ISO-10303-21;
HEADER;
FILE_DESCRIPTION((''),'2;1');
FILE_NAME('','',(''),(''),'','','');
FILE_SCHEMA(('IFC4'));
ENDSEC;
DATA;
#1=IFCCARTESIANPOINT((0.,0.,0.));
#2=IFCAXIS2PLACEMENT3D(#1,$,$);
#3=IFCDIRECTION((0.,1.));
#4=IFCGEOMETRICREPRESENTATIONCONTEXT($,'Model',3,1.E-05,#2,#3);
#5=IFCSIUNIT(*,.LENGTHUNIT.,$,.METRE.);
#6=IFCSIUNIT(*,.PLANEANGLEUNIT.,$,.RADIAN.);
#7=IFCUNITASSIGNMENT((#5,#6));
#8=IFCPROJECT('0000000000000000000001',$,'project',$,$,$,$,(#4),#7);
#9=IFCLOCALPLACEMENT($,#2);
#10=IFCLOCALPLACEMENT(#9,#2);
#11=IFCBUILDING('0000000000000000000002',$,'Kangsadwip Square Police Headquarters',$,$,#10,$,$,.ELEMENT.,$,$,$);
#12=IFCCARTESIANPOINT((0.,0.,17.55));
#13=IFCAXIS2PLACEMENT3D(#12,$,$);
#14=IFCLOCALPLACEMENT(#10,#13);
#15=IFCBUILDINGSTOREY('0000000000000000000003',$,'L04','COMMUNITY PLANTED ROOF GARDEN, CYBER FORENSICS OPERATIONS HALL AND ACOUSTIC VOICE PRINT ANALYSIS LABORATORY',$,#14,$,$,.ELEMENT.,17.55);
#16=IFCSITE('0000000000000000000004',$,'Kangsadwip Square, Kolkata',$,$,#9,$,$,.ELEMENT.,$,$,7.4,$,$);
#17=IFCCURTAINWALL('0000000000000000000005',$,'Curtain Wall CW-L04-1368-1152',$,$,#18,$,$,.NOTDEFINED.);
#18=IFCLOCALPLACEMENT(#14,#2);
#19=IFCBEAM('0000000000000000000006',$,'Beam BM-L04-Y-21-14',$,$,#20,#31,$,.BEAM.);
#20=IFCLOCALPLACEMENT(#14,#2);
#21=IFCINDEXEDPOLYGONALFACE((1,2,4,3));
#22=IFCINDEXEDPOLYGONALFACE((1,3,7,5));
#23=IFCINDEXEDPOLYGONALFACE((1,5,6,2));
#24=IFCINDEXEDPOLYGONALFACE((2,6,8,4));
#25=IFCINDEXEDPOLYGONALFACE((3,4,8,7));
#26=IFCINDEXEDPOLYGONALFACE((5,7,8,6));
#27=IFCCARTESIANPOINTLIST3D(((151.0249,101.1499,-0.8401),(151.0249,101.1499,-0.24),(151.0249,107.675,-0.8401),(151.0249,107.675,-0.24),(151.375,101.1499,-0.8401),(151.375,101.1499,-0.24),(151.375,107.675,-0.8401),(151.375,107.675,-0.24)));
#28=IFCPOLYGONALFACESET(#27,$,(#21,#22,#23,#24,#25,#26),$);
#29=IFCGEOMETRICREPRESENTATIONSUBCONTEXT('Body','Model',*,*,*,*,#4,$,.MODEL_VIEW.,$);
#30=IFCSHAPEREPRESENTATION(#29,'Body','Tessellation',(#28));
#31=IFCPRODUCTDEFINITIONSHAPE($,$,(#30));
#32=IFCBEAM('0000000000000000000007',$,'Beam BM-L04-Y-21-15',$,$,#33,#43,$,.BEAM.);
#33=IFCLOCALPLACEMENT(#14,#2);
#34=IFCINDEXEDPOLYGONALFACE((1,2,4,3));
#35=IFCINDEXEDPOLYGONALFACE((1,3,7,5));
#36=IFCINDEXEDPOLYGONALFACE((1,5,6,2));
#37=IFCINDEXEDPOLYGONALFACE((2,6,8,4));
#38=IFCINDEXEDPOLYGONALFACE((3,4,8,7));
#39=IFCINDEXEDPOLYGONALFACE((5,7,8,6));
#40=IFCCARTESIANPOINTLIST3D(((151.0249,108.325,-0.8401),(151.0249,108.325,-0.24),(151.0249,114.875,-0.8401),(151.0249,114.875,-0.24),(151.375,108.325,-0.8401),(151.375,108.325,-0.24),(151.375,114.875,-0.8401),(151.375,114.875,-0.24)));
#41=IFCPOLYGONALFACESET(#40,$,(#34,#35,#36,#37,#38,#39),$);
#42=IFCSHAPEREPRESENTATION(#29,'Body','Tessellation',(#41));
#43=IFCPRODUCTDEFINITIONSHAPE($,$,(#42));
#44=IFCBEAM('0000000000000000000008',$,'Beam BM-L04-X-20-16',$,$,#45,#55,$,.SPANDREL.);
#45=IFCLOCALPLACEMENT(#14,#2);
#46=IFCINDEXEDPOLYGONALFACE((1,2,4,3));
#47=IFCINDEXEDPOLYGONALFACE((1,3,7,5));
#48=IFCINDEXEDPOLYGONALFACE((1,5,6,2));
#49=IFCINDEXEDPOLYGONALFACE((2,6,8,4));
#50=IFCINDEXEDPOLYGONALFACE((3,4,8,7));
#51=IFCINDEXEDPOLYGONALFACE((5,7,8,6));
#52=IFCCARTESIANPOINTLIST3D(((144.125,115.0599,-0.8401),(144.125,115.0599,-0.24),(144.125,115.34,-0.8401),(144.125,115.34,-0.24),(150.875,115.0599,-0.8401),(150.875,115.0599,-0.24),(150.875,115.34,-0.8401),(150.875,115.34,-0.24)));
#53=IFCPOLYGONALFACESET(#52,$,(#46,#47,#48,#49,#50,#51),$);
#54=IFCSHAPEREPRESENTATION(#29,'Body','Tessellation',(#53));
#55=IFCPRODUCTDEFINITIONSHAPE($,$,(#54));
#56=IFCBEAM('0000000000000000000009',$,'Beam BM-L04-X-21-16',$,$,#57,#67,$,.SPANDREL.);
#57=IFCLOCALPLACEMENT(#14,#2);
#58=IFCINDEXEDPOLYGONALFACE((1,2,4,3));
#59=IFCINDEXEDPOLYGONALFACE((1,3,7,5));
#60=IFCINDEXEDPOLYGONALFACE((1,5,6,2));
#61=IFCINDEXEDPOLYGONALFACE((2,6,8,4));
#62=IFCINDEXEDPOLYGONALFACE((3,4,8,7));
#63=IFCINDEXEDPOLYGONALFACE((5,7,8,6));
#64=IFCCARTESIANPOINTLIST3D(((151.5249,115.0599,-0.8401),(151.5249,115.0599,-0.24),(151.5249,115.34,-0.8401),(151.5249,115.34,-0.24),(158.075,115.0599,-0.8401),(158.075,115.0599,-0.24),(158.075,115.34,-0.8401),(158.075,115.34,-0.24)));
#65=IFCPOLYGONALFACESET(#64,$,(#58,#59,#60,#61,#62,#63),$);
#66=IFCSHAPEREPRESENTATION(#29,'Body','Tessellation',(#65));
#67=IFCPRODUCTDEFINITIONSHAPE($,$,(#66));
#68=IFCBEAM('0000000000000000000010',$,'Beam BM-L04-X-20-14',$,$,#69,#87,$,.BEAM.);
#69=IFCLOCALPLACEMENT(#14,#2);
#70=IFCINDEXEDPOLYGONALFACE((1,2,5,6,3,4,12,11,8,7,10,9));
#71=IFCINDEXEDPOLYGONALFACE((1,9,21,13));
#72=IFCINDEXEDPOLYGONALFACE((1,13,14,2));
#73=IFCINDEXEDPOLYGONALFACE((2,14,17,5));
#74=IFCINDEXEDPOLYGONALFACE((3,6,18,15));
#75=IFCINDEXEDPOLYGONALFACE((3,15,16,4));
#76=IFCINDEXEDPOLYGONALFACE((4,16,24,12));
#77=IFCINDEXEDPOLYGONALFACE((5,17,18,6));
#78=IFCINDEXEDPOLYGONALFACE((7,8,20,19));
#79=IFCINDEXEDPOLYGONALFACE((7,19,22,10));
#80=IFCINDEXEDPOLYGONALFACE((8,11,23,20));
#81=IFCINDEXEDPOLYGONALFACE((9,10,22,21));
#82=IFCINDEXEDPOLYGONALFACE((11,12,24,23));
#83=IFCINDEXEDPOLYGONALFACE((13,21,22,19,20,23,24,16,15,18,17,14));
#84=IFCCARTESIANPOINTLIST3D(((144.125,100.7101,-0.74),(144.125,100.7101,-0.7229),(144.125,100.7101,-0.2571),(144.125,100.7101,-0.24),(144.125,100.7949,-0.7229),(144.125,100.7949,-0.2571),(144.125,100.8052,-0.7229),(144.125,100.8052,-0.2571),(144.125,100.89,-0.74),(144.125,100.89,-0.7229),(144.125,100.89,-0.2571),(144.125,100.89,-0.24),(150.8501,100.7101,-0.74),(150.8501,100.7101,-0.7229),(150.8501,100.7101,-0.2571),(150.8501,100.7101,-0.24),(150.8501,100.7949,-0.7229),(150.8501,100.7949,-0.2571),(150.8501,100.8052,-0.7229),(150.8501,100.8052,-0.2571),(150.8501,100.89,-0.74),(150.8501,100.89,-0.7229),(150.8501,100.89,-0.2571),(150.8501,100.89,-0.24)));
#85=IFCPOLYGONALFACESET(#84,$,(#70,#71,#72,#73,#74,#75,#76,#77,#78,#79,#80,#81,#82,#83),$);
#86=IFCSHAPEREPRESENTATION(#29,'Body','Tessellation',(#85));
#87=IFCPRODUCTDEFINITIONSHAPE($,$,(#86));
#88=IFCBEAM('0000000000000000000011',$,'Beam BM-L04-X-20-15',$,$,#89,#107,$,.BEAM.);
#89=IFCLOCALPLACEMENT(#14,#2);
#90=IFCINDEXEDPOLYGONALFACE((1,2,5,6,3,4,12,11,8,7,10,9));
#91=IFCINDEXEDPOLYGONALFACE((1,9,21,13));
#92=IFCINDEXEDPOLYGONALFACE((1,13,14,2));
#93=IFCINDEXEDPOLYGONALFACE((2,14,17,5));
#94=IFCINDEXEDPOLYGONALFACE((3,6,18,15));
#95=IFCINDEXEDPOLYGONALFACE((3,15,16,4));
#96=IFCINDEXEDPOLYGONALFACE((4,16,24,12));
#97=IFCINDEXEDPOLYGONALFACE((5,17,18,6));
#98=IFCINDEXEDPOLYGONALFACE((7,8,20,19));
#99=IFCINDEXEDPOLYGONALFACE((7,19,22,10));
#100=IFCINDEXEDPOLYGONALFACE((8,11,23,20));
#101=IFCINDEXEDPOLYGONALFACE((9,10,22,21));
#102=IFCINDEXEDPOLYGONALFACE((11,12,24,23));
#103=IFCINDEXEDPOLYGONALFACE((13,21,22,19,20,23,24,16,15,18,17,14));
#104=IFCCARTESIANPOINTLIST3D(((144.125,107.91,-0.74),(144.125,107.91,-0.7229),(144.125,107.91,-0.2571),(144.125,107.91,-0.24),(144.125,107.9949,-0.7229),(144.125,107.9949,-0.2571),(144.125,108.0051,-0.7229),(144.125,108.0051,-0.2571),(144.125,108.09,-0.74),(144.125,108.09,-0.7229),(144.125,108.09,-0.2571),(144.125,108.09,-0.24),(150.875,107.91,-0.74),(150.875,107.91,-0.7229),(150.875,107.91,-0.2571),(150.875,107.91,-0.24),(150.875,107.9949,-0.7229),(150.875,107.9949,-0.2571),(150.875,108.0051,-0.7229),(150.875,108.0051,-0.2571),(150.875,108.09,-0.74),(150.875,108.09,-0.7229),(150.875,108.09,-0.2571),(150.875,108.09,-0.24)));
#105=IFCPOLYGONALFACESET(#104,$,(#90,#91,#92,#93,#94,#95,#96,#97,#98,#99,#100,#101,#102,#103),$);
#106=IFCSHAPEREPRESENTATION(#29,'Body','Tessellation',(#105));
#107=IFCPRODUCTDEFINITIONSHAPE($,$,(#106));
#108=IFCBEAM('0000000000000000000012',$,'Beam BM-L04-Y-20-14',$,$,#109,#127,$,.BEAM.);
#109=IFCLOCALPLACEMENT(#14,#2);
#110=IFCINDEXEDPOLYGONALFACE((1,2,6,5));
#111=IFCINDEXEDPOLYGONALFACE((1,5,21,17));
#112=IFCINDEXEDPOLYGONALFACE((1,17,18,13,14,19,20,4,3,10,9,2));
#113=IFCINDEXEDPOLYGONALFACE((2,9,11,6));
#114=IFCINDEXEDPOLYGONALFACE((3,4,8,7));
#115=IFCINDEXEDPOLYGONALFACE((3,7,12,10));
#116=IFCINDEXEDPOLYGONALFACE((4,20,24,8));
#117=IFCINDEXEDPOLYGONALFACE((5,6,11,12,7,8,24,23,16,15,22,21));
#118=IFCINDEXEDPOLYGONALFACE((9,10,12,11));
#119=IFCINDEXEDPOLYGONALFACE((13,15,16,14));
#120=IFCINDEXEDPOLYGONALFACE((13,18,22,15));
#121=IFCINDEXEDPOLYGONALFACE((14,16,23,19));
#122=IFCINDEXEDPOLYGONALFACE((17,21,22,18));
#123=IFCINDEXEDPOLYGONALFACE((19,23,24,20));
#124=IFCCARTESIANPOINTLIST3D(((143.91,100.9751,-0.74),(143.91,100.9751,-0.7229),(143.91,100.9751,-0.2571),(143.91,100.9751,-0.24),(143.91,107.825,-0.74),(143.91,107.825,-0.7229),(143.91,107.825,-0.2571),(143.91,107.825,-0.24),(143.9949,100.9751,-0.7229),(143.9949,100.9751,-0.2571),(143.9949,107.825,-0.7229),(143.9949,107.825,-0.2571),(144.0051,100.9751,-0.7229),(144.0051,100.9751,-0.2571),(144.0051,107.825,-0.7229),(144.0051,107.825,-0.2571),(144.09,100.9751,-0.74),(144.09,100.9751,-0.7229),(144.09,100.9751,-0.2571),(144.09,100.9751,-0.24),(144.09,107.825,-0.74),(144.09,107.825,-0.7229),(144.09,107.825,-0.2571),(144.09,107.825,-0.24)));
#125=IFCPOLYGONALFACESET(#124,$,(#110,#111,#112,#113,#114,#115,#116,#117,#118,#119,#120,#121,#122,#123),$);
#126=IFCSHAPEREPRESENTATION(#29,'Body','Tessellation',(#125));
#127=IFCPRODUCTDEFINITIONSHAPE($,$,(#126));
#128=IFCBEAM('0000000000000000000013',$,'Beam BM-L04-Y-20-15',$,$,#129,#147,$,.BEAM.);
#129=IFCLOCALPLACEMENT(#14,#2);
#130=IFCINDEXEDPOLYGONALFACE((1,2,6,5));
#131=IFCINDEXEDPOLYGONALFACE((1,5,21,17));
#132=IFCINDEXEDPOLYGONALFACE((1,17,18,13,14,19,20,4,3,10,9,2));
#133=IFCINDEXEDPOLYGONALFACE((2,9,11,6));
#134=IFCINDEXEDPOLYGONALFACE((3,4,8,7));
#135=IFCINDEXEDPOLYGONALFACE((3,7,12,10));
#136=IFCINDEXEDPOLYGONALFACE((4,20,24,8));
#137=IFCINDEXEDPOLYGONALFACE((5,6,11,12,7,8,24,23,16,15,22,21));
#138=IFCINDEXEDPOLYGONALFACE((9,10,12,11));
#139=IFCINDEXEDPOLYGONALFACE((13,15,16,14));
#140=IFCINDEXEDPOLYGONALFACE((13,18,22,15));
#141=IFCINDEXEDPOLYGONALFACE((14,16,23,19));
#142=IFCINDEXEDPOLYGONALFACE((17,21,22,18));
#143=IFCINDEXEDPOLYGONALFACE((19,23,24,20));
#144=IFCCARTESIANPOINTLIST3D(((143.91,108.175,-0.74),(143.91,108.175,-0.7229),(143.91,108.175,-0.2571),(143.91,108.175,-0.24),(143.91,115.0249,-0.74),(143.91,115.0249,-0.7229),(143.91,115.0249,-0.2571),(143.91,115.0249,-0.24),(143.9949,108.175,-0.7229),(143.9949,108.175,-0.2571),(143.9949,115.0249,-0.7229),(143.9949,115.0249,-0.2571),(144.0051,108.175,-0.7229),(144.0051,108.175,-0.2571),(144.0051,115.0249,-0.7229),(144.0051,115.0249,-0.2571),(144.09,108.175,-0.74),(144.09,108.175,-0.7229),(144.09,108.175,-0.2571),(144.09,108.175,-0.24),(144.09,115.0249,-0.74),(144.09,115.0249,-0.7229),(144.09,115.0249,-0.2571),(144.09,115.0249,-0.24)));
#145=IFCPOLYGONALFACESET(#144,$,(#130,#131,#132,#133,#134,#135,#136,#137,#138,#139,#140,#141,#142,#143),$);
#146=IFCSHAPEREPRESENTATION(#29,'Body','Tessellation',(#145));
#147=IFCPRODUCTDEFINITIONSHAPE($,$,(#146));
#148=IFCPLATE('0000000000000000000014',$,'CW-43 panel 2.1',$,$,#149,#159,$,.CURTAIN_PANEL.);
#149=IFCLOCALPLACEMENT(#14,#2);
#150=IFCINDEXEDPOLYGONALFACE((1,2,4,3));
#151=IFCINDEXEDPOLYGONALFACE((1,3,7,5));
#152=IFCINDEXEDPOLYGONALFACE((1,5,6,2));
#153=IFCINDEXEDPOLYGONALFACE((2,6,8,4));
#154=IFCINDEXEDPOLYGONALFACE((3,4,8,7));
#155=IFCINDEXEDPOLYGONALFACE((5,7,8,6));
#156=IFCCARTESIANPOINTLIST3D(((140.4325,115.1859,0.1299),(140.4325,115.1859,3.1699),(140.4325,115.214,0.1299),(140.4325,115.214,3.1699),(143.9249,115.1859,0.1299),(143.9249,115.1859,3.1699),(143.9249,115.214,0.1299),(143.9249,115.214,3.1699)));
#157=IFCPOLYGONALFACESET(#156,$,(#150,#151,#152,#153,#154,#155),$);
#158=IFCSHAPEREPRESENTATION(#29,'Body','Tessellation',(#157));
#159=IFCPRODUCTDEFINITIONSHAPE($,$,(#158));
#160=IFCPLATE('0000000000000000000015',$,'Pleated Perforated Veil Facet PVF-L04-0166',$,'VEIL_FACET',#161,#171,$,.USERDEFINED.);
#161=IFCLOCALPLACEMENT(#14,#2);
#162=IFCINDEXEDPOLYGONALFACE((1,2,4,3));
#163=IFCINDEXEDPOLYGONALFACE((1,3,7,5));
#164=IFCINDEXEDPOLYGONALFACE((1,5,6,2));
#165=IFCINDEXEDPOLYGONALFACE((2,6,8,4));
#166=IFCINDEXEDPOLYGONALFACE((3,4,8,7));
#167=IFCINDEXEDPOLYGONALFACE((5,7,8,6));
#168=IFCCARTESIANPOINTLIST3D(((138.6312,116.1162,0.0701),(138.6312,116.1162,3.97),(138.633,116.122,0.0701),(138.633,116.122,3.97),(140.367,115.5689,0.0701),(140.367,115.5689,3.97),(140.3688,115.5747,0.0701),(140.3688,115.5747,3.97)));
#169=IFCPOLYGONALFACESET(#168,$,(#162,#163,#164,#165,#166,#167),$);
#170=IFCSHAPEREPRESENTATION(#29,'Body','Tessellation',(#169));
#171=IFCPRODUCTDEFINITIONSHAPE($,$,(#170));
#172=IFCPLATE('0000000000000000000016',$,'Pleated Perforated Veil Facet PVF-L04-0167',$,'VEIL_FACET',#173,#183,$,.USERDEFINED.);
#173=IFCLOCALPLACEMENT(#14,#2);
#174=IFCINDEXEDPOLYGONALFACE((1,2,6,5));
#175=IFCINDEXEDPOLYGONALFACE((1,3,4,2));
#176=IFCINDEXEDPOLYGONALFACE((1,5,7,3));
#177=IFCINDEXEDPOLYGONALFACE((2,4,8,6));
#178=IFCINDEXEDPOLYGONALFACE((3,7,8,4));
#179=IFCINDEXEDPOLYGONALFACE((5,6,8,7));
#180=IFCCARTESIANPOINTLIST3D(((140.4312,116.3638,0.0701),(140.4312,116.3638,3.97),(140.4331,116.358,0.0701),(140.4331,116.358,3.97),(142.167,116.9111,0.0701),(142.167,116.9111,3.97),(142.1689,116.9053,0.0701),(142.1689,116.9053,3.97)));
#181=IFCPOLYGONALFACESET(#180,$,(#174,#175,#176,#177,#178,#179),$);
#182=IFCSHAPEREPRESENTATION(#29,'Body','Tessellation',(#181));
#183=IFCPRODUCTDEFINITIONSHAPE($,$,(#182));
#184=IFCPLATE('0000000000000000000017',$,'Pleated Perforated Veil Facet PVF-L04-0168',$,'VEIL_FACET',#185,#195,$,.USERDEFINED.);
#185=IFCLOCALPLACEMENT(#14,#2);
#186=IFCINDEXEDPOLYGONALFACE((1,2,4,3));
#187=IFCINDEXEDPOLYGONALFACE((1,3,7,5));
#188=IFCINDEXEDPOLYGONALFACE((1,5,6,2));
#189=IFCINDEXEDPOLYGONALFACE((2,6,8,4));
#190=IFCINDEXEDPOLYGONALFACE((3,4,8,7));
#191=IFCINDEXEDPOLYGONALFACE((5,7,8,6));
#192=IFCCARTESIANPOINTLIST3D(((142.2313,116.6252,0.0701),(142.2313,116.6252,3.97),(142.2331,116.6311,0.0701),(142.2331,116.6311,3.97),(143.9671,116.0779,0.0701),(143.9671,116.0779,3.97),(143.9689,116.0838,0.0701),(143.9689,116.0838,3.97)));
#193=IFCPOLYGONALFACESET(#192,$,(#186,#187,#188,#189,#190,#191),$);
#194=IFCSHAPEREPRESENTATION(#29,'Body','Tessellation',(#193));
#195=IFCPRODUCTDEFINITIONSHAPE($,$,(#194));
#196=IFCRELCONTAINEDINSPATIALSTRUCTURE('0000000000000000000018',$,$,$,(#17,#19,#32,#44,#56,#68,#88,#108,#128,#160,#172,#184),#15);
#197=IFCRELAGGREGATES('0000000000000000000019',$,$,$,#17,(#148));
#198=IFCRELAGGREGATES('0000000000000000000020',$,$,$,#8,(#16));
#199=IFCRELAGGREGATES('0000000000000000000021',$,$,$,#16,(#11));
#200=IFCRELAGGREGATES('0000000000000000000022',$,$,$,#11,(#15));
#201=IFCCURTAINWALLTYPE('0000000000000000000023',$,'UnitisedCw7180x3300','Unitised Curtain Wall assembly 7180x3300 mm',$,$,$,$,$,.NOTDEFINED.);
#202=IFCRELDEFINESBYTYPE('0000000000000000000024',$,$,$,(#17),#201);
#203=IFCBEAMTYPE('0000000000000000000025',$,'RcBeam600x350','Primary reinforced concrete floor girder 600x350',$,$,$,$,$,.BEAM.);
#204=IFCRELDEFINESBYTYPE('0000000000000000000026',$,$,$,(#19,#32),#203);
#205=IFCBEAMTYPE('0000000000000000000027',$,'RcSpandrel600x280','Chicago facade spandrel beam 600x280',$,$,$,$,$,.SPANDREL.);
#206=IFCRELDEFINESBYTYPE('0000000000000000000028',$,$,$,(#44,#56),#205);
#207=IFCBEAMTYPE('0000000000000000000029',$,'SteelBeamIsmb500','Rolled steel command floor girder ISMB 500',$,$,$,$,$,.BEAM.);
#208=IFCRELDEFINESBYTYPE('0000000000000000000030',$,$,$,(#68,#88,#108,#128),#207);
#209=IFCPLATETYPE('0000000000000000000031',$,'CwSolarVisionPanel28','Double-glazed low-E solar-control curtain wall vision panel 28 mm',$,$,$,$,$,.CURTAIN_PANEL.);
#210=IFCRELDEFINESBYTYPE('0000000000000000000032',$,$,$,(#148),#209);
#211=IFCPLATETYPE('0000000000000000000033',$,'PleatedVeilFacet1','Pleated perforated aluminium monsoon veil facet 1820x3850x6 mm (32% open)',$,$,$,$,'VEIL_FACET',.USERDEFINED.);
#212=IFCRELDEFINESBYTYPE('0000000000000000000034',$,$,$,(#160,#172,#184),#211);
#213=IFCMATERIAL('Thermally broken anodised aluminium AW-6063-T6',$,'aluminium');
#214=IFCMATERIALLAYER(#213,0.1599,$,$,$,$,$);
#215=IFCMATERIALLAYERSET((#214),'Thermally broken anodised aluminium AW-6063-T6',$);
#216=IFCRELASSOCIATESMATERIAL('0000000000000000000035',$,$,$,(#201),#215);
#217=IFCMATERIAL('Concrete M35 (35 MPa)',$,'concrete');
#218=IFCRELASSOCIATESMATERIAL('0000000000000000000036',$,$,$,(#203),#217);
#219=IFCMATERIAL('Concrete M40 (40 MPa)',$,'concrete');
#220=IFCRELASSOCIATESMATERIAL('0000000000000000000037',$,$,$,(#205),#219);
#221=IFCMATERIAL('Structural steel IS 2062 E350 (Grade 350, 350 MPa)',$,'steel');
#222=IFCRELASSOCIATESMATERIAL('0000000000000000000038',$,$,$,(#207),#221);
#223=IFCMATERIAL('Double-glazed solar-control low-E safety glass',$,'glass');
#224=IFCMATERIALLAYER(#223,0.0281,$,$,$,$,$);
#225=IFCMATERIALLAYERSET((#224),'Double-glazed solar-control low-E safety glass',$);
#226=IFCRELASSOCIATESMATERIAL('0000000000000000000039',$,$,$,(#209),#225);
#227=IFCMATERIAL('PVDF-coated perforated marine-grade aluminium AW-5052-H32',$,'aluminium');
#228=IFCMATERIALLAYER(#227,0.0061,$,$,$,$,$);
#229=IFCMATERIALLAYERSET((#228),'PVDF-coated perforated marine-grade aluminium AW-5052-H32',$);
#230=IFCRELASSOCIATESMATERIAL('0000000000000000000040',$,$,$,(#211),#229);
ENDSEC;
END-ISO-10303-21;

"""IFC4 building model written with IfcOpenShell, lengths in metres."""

from ifc_helpers import new_model, si_unit, direction, frame, origin, origin_2d, place, context, subcontext, project, spatial, rectangle, i_section, extrude, material, layer, layer_set, material_profile, profile_set, type_object, element, aggregate, save


model = new_model("IFC4")

# Units and contexts
model_context = context("Model", 3, precision=1e-05, world=origin(), true_north=direction((0.0, 1.0)))
body_context = subcontext(model_context, "Body", "Model", "MODEL_VIEW")
ifc_project = project(units=[si_unit("LENGTHUNIT", "METRE"), si_unit("PLANEANGLEUNIT", "RADIAN")], contexts=[model_context])

# Site, building, storey
site_placement = place(None, origin())
site = spatial("IfcSite", under=ifc_project, at=site_placement, Name="Kangsadwip Square, Kolkata", CompositionType="ELEMENT", RefElevation=7.4)
building_placement = place(site_placement, origin())
building = spatial("IfcBuilding", under=site, at=building_placement, Name="Kangsadwip Square Police Headquarters", CompositionType="ELEMENT")
storey_placement = place(building_placement, frame((0.0, 0.0, 17.55)))
storey = spatial("IfcBuildingStorey", under=building, at=storey_placement, Name="L04", Description="COMMUNITY PLANTED ROOF GARDEN, CYBER FORENSICS OPERATIONS HALL AND ACOUSTIC VOICE PRINT ANALYSIS LABORATORY", CompositionType="ELEMENT", Elevation=17.55)

# Curtain wall
ifc_material_1 = material(Name="Thermally broken anodised aluminium AW-6063-T6", Category="aluminium")
ifc_layer_1 = layer(ifc_material_1, 0.1599)
ifc_layer_set_1 = layer_set([ifc_layer_1], Name="Thermally broken anodised aluminium AW-6063-T6")
curtain_wall_type = type_object("IfcCurtainWallType", Name="UnitisedCw7180x3300", Description="Unitised Curtain Wall assembly 7180x3300 mm", PredefinedType="NOTDEFINED", material=ifc_layer_set_1)
curtain_wall_placement = place(storey_placement, origin())
curtain_wall = element("IfcCurtainWall", 1, at=curtain_wall_placement, inside=storey, type_object=curtain_wall_type, Name="Curtain Wall CW-L04-1368-1152", PredefinedType="NOTDEFINED")

# Beams
ifc_material_2 = material(Name="Concrete M35 (35 MPa)", Category="concrete")
ifc_material_profile_1 = material_profile(ifc_material_2, rectangle(XDim=0.3501, YDim=0.6001, at=origin_2d()), Name="RC BM 600X350")
ifc_profile_set_1 = profile_set([ifc_material_profile_1], Name="Concrete M35 (35 MPa)")
beam_type_1 = type_object("IfcBeamType", Name="RcBeam600x350", Description="Primary reinforced concrete floor girder 600x350", PredefinedType="BEAM", material=ifc_profile_set_1)
beam_1_placement = place(storey_placement, frame((151.2, 101.1499, -0.54), z_axis=(0.0, 1.0, 0.0), x_axis=(-1.0, 0.0, 0.0)))
element("IfcBeam", 2, at=beam_1_placement, inside=storey, type_object=beam_type_1, Name="Beam BM-L04-Y-21-14", PredefinedType="BEAM", context=body_context, shape_type="SweptSolid", body=[
    extrude(rectangle(XDim=0.3501, YDim=0.6001, at=origin_2d()), origin(), (0.0, 0.0, 1.0), 6.5251),
])
beam_2_placement = place(storey_placement, frame((151.2, 108.325, -0.54), z_axis=(0.0, 1.0, 0.0), x_axis=(-1.0, 0.0, 0.0)))
element("IfcBeam", 3, at=beam_2_placement, inside=storey, type_object=beam_type_1, Name="Beam BM-L04-Y-21-15", PredefinedType="BEAM", context=body_context, shape_type="SweptSolid", body=[
    extrude(rectangle(XDim=0.3501, YDim=0.6001, at=origin_2d()), origin(), (0.0, 0.0, 1.0), 6.55),
])
ifc_material_3 = material(Name="Concrete M40 (40 MPa)", Category="concrete")
ifc_material_profile_2 = material_profile(ifc_material_3, rectangle(XDim=0.28, YDim=0.6001, at=origin_2d()), Name="RC SPN 600X280")
ifc_profile_set_2 = profile_set([ifc_material_profile_2], Name="Concrete M40 (40 MPa)")
beam_type_2 = type_object("IfcBeamType", Name="RcSpandrel600x280", Description="Chicago facade spandrel beam 600x280", PredefinedType="SPANDREL", material=ifc_profile_set_2)
beam_3_placement = place(storey_placement, frame((144.125, 115.2, -0.54), z_axis=(1.0, 0.0, 0.0), x_axis=(0.0, 1.0, 0.0)))
element("IfcBeam", 4, at=beam_3_placement, inside=storey, type_object=beam_type_2, Name="Beam BM-L04-X-20-16", PredefinedType="SPANDREL", context=body_context, shape_type="SweptSolid", body=[
    extrude(rectangle(XDim=0.28, YDim=0.6001, at=origin_2d()), origin(), (0.0, 0.0, 1.0), 6.75),
])
beam_4_placement = place(storey_placement, frame((151.5249, 115.2, -0.54), z_axis=(1.0, 0.0, 0.0), x_axis=(0.0, 1.0, 0.0)))
element("IfcBeam", 5, at=beam_4_placement, inside=storey, type_object=beam_type_2, Name="Beam BM-L04-X-21-16", PredefinedType="SPANDREL", context=body_context, shape_type="SweptSolid", body=[
    extrude(rectangle(XDim=0.28, YDim=0.6001, at=origin_2d()), origin(), (0.0, 0.0, 1.0), 6.55),
])
ifc_material_4 = material(Name="Structural steel IS 2062 E350 (Grade 350, 350 MPa)", Category="steel")
ifc_material_profile_3 = material_profile(ifc_material_4, i_section(OverallWidth=0.1799, OverallDepth=0.5, WebThickness=0.0103, FlangeThickness=0.0171, at=origin_2d()), Name="ISMB 500")
ifc_profile_set_3 = profile_set([ifc_material_profile_3], Name="Structural steel IS 2062 E350 (Grade 350, 350 MPa)")
beam_type_3 = type_object("IfcBeamType", Name="SteelBeamIsmb500", Description="Rolled steel command floor girder ISMB 500", PredefinedType="BEAM", material=ifc_profile_set_3)
beam_5_placement = place(storey_placement, frame((144.125, 100.8, -0.49), z_axis=(1.0, 0.0, 0.0), x_axis=(0.0, 1.0, 0.0)))
element("IfcBeam", 6, at=beam_5_placement, inside=storey, type_object=beam_type_3, Name="Beam BM-L04-X-20-14", PredefinedType="BEAM", context=body_context, shape_type="SweptSolid", body=[
    extrude(i_section(OverallWidth=0.1799, OverallDepth=0.5, WebThickness=0.0103, FlangeThickness=0.0171, at=origin_2d()), origin(), (0.0, 0.0, 1.0), 6.7251),
])
beam_6_placement = place(storey_placement, frame((144.125, 108.0, -0.49), z_axis=(1.0, 0.0, 0.0), x_axis=(0.0, 1.0, 0.0)))
element("IfcBeam", 7, at=beam_6_placement, inside=storey, type_object=beam_type_3, Name="Beam BM-L04-X-20-15", PredefinedType="BEAM", context=body_context, shape_type="SweptSolid", body=[
    extrude(i_section(OverallWidth=0.1799, OverallDepth=0.5, WebThickness=0.0103, FlangeThickness=0.0171, at=origin_2d()), origin(), (0.0, 0.0, 1.0), 6.75),
])
for number, where, z_axis, x_axis, name in (
    (8, (144.0, 100.9751, -0.49), (0.0, 1.0, 0.0), (-1.0, 0.0, 0.0), "Beam BM-L04-Y-20-14"),
    (9, (144.0, 108.175, -0.49), (0.0, 1.0, 0.0), (-1.0, 0.0, 0.0), "Beam BM-L04-Y-20-15"),
):
    element("IfcBeam", number, at=place(storey_placement, frame(where, z_axis=z_axis, x_axis=x_axis)), inside=storey, type_object=beam_type_3, Name=name, PredefinedType="BEAM", context=body_context, shape_type="SweptSolid", body=[
        extrude(i_section(OverallWidth=0.1799, OverallDepth=0.5, WebThickness=0.0103, FlangeThickness=0.0171, at=origin_2d()), origin(), (0.0, 0.0, 1.0), 6.8499),
    ])

# Plate
ifc_material_5 = material(Name="Double-glazed solar-control low-E safety glass", Category="glass")
ifc_layer_2 = layer(ifc_material_5, 0.0281)
ifc_layer_set_2 = layer_set([ifc_layer_2], Name="Double-glazed solar-control low-E safety glass")
plate_type_1 = type_object("IfcPlateType", Name="CwSolarVisionPanel28", Description="Double-glazed low-E solar-control curtain wall vision panel 28 mm", PredefinedType="CURTAIN_PANEL", material=ifc_layer_set_2)
plate_placement = place(storey_placement, frame((142.1787, 115.2, 0.1299), z_axis=(0.0, 0.0, 1.0), x_axis=(1.0, 0.0, 0.0)))
plate = element("IfcPlate", 10, at=plate_placement, type_object=plate_type_1, Name="CW-43 panel 2.1", PredefinedType="CURTAIN_PANEL", context=body_context, shape_type="SweptSolid", body=[
    extrude(rectangle(XDim=3.4924, YDim=0.0281, at=origin_2d()), origin(), (0.0, 0.0, 1.0), 3.04),
])
aggregate(curtain_wall, [plate])

# Plates
ifc_material_6 = material(Name="PVDF-coated perforated marine-grade aluminium AW-5052-H32", Category="aluminium")
ifc_layer_3 = layer(ifc_material_6, 0.0061)
ifc_layer_set_3 = layer_set([ifc_layer_3], Name="PVDF-coated perforated marine-grade aluminium AW-5052-H32")
plate_type_2 = type_object("IfcPlateType", Name="PleatedVeilFacet1", Description="Pleated perforated aluminium monsoon veil facet 1820x3850x6 mm (32% open)", ElementType="VEIL_FACET", PredefinedType="USERDEFINED", material=ifc_layer_set_3)
for number, where, z_axis, x_axis, name in (
    (11, (139.5, 115.8455, 0.0701), (0.0, 0.0, 1.0), (0.953717, -0.300706, 0.0), "Pleated Perforated Veil Facet PVF-L04-0166"),
    (12, (141.3, 116.6345, 0.0701), (0.0, 0.0, 1.0), (0.953717, 0.300706, 0.0), "Pleated Perforated Veil Facet PVF-L04-0167"),
    (13, (143.1001, 116.3545, 0.0701), (0.0, 0.0, 1.0), (0.953717, -0.300706, 0.0), "Pleated Perforated Veil Facet PVF-L04-0168"),
):
    element("IfcPlate", number, at=place(storey_placement, frame(where, z_axis=z_axis, x_axis=x_axis)), inside=storey, type_object=plate_type_2, Name=name, ObjectType="VEIL_FACET", PredefinedType="USERDEFINED", context=body_context, shape_type="SweptSolid", body=[
        extrude(rectangle(XDim=1.8201, YDim=0.0061, at=origin_2d()), origin(), (0.0, 0.0, 1.0), 3.8999),
    ])

save(model, "model.ifc")
